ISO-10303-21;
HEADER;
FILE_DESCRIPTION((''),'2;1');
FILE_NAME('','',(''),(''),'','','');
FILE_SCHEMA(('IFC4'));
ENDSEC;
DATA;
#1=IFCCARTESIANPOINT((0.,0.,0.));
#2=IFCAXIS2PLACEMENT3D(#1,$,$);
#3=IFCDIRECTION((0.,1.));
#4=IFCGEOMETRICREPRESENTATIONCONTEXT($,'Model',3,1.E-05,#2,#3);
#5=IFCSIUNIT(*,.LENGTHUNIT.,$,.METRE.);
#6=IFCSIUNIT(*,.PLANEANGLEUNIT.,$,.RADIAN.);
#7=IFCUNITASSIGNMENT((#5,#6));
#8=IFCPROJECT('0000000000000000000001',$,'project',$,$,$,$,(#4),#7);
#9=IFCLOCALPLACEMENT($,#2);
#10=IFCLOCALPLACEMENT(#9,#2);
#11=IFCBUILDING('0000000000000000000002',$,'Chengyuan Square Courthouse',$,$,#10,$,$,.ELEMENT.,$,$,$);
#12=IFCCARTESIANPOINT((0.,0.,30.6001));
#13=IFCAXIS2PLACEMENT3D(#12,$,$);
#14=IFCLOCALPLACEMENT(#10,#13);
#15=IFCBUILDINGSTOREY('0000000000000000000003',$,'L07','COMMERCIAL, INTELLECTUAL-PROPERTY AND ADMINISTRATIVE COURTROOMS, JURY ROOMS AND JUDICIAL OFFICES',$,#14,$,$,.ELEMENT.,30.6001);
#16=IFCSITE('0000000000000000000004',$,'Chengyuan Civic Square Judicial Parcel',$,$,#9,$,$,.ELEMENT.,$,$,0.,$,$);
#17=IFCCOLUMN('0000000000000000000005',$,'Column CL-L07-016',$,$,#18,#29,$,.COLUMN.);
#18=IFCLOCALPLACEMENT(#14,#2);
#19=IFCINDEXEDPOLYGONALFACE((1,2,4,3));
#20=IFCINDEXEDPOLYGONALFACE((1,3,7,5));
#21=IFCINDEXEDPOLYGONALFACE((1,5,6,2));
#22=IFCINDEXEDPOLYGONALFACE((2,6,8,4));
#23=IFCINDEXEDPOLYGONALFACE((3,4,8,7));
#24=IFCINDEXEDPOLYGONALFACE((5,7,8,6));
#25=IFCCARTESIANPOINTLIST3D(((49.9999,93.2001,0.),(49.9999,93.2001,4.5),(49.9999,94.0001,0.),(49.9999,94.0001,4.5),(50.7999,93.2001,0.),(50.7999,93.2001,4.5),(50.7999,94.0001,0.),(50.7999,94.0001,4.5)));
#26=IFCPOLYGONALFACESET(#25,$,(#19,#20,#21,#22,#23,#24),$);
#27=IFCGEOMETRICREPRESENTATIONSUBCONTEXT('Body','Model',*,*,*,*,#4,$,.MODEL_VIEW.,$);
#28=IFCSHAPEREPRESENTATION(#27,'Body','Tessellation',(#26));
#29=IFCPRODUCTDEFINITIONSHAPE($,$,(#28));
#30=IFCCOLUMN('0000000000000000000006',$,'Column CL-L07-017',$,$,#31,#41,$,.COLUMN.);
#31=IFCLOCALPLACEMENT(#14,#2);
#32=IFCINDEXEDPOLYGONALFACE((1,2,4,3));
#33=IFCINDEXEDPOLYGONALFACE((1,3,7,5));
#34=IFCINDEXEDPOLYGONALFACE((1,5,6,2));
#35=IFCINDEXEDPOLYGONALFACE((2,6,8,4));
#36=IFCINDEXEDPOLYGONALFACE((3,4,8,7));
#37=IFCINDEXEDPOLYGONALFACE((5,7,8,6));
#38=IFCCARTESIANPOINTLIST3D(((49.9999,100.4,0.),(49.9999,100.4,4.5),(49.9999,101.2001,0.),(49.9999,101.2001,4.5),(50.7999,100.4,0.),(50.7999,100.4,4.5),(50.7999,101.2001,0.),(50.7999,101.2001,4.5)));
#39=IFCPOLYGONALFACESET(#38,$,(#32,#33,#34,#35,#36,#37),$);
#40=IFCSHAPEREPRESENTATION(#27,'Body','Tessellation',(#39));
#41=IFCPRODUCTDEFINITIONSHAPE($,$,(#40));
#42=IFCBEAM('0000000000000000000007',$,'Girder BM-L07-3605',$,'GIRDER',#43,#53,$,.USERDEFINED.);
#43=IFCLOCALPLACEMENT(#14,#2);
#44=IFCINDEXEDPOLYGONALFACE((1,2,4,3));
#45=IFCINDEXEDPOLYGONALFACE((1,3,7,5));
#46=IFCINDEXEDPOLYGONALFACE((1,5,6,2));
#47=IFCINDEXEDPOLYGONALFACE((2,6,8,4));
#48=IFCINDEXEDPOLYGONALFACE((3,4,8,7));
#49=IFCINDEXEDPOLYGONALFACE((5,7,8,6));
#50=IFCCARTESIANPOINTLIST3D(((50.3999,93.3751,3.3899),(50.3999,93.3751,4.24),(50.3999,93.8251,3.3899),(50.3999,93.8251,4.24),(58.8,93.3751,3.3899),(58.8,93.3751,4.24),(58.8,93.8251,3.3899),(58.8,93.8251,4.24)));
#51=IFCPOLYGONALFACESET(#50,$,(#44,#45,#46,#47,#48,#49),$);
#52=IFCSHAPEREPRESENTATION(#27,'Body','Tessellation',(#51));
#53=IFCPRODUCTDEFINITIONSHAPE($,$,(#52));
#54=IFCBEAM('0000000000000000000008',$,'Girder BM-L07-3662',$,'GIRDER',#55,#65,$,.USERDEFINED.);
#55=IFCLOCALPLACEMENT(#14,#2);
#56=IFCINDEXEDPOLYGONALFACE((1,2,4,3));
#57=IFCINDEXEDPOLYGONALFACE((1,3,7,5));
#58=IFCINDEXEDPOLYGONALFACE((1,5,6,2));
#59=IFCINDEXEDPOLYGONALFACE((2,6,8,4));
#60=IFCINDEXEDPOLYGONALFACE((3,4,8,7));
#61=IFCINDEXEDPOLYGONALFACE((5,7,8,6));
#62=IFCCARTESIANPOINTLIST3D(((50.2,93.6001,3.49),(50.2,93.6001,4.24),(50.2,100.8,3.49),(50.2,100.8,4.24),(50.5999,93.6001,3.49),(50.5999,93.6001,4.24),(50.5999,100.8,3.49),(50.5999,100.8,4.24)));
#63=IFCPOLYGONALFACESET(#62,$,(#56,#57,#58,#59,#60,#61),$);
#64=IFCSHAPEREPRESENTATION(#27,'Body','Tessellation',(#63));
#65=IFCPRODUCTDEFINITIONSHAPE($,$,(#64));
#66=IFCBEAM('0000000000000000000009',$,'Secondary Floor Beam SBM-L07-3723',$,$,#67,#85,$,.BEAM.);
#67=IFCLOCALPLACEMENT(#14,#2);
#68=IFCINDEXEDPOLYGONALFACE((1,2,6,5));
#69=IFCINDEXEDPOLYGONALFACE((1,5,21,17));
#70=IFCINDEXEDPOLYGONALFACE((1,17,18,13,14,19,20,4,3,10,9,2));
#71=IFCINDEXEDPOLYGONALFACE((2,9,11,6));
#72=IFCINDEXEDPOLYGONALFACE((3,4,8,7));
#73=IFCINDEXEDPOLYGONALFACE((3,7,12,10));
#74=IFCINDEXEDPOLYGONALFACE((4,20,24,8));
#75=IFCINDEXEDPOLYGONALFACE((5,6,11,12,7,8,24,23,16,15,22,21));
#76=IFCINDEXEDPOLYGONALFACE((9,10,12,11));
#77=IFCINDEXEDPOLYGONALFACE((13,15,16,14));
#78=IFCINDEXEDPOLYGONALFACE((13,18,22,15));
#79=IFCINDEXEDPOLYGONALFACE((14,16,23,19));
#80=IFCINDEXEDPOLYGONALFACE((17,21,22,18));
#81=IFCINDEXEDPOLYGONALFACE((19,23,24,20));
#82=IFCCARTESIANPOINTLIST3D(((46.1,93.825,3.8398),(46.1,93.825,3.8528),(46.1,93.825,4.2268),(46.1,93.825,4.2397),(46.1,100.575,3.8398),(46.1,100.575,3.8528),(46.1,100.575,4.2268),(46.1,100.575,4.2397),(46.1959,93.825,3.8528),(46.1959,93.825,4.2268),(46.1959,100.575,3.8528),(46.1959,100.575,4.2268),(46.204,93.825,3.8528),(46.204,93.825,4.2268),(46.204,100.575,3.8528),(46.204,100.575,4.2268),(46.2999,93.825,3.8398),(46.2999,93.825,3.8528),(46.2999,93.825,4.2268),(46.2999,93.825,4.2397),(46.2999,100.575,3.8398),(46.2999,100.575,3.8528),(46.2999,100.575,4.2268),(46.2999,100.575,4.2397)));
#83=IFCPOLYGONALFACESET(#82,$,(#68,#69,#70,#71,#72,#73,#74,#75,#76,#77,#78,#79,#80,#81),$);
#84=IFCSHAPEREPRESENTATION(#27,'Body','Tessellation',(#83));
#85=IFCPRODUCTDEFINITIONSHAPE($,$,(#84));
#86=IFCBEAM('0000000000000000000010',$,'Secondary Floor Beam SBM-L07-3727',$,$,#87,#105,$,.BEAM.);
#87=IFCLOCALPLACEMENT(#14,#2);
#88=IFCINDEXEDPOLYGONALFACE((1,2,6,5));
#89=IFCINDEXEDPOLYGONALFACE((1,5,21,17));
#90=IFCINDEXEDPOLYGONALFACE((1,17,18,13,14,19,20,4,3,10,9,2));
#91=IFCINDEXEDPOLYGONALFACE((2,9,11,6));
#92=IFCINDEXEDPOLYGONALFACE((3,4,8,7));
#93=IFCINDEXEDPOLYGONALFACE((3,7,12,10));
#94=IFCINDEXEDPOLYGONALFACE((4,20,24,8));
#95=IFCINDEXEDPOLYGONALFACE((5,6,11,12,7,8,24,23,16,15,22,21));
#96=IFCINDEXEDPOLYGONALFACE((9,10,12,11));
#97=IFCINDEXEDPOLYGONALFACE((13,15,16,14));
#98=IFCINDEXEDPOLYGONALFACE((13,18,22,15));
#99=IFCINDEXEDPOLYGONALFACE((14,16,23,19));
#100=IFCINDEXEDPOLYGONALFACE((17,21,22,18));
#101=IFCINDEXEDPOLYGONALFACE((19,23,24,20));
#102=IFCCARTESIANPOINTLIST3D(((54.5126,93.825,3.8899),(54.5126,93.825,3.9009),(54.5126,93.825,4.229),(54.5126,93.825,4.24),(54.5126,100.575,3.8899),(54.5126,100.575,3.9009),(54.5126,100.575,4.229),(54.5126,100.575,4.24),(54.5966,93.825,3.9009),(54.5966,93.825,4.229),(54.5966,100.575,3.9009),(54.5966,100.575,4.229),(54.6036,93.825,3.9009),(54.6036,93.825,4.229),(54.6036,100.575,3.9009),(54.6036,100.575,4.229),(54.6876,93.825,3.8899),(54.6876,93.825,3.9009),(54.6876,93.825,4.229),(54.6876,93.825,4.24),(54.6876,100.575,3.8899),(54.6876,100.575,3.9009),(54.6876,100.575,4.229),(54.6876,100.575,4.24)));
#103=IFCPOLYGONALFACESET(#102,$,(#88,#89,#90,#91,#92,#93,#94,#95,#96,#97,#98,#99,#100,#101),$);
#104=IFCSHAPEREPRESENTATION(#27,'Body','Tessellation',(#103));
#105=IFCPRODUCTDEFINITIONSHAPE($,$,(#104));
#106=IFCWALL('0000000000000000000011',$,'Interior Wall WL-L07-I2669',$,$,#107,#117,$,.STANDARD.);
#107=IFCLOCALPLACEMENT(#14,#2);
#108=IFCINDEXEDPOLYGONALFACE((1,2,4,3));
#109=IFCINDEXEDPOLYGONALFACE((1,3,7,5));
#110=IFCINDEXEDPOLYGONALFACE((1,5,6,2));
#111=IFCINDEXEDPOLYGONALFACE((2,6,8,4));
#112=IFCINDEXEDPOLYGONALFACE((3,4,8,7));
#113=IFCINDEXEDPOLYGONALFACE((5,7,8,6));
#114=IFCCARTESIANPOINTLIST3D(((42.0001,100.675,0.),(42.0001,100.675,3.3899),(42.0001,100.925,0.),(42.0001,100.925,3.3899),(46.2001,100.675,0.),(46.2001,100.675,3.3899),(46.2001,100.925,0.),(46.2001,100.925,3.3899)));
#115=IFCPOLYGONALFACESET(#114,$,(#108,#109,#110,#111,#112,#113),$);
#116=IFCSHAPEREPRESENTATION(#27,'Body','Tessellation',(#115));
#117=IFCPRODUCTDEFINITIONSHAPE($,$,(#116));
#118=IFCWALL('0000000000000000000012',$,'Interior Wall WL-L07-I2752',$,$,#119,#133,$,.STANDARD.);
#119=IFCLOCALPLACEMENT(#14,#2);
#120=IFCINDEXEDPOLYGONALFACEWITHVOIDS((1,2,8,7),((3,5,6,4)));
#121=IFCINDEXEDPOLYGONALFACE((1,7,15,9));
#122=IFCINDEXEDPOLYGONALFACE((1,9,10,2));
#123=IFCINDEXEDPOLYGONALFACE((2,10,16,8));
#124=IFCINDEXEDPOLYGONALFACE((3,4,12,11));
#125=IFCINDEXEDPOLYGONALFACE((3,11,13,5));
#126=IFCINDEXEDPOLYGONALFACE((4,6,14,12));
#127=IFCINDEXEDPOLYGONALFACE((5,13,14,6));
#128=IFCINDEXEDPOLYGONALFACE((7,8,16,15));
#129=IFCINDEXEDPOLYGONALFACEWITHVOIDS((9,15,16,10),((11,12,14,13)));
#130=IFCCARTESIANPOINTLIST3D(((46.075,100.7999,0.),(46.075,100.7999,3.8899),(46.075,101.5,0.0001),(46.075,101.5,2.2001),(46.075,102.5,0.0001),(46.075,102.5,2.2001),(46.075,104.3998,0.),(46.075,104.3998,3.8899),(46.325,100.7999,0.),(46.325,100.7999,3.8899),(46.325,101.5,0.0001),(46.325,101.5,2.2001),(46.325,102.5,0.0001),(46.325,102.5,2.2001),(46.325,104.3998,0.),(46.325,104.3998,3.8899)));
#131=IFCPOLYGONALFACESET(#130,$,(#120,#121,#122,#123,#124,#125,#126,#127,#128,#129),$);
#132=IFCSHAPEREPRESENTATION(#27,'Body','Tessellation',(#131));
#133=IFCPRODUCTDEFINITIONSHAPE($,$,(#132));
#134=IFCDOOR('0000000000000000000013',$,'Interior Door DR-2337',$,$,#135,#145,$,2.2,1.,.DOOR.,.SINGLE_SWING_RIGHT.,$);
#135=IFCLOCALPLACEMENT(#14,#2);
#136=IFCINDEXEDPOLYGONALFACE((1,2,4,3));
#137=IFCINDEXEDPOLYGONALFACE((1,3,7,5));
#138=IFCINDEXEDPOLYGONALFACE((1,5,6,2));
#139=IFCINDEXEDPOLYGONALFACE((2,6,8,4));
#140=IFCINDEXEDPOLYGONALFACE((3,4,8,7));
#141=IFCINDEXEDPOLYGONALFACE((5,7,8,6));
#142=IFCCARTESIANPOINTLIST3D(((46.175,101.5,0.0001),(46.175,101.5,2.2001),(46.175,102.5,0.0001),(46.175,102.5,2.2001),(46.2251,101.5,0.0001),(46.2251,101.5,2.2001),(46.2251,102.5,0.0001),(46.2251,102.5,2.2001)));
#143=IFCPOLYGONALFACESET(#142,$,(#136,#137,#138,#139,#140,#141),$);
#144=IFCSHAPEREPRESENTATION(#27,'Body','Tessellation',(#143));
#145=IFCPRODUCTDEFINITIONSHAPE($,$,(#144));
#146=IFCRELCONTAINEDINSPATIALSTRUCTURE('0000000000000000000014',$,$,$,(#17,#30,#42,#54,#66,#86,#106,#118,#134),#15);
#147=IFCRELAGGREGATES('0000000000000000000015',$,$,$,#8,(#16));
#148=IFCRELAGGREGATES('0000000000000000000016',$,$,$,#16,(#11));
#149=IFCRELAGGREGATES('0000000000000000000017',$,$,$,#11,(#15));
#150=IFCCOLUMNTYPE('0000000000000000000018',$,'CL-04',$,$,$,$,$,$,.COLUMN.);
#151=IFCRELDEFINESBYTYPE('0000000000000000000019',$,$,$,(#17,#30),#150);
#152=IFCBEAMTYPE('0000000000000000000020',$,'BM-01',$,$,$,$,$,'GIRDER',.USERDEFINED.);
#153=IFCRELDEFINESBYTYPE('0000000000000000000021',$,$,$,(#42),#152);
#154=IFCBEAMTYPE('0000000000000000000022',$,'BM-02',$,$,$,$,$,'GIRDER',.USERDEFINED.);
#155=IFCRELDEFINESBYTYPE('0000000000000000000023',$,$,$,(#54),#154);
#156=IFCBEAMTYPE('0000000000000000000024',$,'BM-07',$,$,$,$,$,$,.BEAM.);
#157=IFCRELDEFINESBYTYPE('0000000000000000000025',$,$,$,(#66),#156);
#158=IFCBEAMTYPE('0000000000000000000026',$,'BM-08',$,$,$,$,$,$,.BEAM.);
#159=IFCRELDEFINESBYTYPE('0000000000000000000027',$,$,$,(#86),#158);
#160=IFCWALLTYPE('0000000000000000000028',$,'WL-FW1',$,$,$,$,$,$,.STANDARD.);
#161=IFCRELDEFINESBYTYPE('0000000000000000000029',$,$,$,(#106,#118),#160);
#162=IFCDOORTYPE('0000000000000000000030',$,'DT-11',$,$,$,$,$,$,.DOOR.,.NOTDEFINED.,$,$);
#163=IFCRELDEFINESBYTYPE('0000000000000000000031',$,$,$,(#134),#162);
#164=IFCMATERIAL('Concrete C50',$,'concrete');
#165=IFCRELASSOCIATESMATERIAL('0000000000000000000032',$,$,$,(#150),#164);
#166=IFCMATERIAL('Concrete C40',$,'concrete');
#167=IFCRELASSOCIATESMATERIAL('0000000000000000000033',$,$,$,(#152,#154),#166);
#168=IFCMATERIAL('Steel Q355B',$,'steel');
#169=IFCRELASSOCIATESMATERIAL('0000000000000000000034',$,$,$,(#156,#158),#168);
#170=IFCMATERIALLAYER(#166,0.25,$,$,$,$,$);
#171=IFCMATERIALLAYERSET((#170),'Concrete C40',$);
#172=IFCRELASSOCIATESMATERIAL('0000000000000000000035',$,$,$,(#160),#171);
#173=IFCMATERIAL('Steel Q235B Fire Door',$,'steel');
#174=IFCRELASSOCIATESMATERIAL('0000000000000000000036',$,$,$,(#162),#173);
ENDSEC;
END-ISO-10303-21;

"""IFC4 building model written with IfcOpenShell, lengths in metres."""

from ifc_helpers import new_model, si_unit, direction, frame, frame_2d, origin, origin_2d, place, context, subcontext, project, spatial, rectangle, i_section, extrude, material, layer, layer_set, material_profile, profile_set, type_object, element, fill, save


model = new_model("IFC4")

# Units and contexts
model_context = context("Model", 3, precision=1e-05, world=origin(), true_north=direction((0.0, 1.0)))
body_context = subcontext(model_context, "Body", "Model", "MODEL_VIEW")
ifc_project = project(units=[si_unit("LENGTHUNIT", "METRE"), si_unit("PLANEANGLEUNIT", "RADIAN")], contexts=[model_context])

# Site, building, storey
site_placement = place(None, origin())
site = spatial("IfcSite", under=ifc_project, at=site_placement, Name="Chengyuan Civic Square Judicial Parcel", CompositionType="ELEMENT", RefElevation=0.0)
building_placement = place(site_placement, origin())
building = spatial("IfcBuilding", under=site, at=building_placement, Name="Chengyuan Square Courthouse", CompositionType="ELEMENT")
storey_placement = place(building_placement, frame((0.0, 0.0, 30.6001)))
storey = spatial("IfcBuildingStorey", under=building, at=storey_placement, Name="L07", Description="COMMERCIAL, INTELLECTUAL-PROPERTY AND ADMINISTRATIVE COURTROOMS, JURY ROOMS AND JUDICIAL OFFICES", CompositionType="ELEMENT", Elevation=30.6001)

# Columns
ifc_material_1 = material(Name="Concrete C50", Category="concrete")
ifc_material_profile_1 = material_profile(ifc_material_1, rectangle(XDim=0.8, YDim=0.8, at=origin_2d()), Name="RC-COL-800x800")
ifc_profile_set_1 = profile_set([ifc_material_profile_1], Name="Concrete C50")
column_type = type_object("IfcColumnType", Name="CL-04", PredefinedType="COLUMN", material=ifc_profile_set_1)
for number, where, z_axis, x_axis, name in (
    (1, (50.3999, 93.6001, 0.0), (0.0, 0.0, 1.0), (1.0, 0.0, 0.0), "Column CL-L07-016"),
    (2, (50.3999, 100.8, 0.0), (0.0, 0.0, 1.0), (1.0, 0.0, 0.0), "Column CL-L07-017"),
):
    element("IfcColumn", number, at=place(storey_placement, frame(where, z_axis=z_axis, x_axis=x_axis)), inside=storey, type_object=column_type, Name=name, PredefinedType="COLUMN", context=body_context, shape_type="SweptSolid", body=[
        extrude(rectangle(XDim=0.8, YDim=0.8, at=origin_2d()), origin(), (0.0, 0.0, 1.0), 4.5),
    ])

# Beams
ifc_material_2 = material(Name="Concrete C40", Category="concrete")
ifc_material_profile_2 = material_profile(ifc_material_2, rectangle(XDim=0.45, YDim=0.8501, at=origin_2d()), Name="RC-BM-450x850")
ifc_profile_set_2 = profile_set([ifc_material_profile_2], Name="Concrete C40")
beam_type_1 = type_object("IfcBeamType", Name="BM-01", ElementType="GIRDER", PredefinedType="USERDEFINED", material=ifc_profile_set_2)
beam_1_placement = place(storey_placement, frame((50.3999, 93.6001, 3.8149), z_axis=(1.0, 0.0, 0.0), x_axis=(0.0, 1.0, 0.0)))
element("IfcBeam", 3, at=beam_1_placement, inside=storey, type_object=beam_type_1, Name="Girder BM-L07-3605", ObjectType="GIRDER", PredefinedType="USERDEFINED", context=body_context, shape_type="SweptSolid", body=[
    extrude(rectangle(XDim=0.45, YDim=0.8501, at=origin_2d()), origin(), (0.0, 0.0, 1.0), 8.4001),
])
ifc_material_profile_3 = material_profile(ifc_material_2, rectangle(XDim=0.3999, YDim=0.75, at=origin_2d()), Name="RC-BM-400x750")
ifc_profile_set_3 = profile_set([ifc_material_profile_3], Name="Concrete C40")
beam_type_2 = type_object("IfcBeamType", Name="BM-02", ElementType="GIRDER", PredefinedType="USERDEFINED", material=ifc_profile_set_3)
beam_2_placement = place(storey_placement, frame((50.3999, 93.6001, 3.865), z_axis=(0.0, 1.0, 0.0), x_axis=(-1.0, 0.0, 0.0)))
element("IfcBeam", 4, at=beam_2_placement, inside=storey, type_object=beam_type_2, Name="Girder BM-L07-3662", ObjectType="GIRDER", PredefinedType="USERDEFINED", context=body_context, shape_type="SweptSolid", body=[
    extrude(rectangle(XDim=0.3999, YDim=0.75, at=origin_2d()), origin(), (0.0, 0.0, 1.0), 7.2),
])
ifc_material_3 = material(Name="Steel Q355B", Category="steel")
ifc_material_profile_4 = material_profile(ifc_material_3, i_section(OverallWidth=0.2, OverallDepth=0.3999, WebThickness=0.0081, FlangeThickness=0.0129, at=origin_2d()), Name="HN 400x200x8x13")
ifc_profile_set_4 = profile_set([ifc_material_profile_4], Name="Steel Q355B")
beam_type_3 = type_object("IfcBeamType", Name="BM-07", PredefinedType="BEAM", material=ifc_profile_set_4)
beam_3_placement = place(storey_placement, frame((46.2, 93.825, 4.0398), z_axis=(0.0, 1.0, 0.0), x_axis=(-1.0, 0.0, 0.0)))
element("IfcBeam", 5, at=beam_3_placement, inside=storey, type_object=beam_type_3, Name="Secondary Floor Beam SBM-L07-3723", PredefinedType="BEAM", context=body_context, shape_type="SweptSolid", body=[
    extrude(i_section(OverallWidth=0.2, OverallDepth=0.3999, WebThickness=0.0081, FlangeThickness=0.0129, at=origin_2d()), origin(), (0.0, 0.0, 1.0), 6.75),
])
ifc_material_profile_5 = material_profile(ifc_material_3, i_section(OverallWidth=0.175, OverallDepth=0.3501, WebThickness=0.0071, FlangeThickness=0.011, at=origin_2d()), Name="HN 350x175x7x11")
ifc_profile_set_5 = profile_set([ifc_material_profile_5], Name="Steel Q355B")
beam_type_4 = type_object("IfcBeamType", Name="BM-08", PredefinedType="BEAM", material=ifc_profile_set_5)
beam_4_placement = place(storey_placement, frame((54.6001, 93.825, 4.0649), z_axis=(0.0, 1.0, 0.0), x_axis=(-1.0, 0.0, 0.0)))
element("IfcBeam", 6, at=beam_4_placement, inside=storey, type_object=beam_type_4, Name="Secondary Floor Beam SBM-L07-3727", PredefinedType="BEAM", context=body_context, shape_type="SweptSolid", body=[
    extrude(i_section(OverallWidth=0.175, OverallDepth=0.3501, WebThickness=0.0071, FlangeThickness=0.011, at=origin_2d()), origin(), (0.0, 0.0, 1.0), 6.75),
])

# Wall
ifc_layer_1 = layer(ifc_material_2, 0.25)
ifc_layer_set_1 = layer_set([ifc_layer_1], Name="Concrete C40")
wall_type_1 = type_object("IfcWallType", Name="WL-FW1", PredefinedType="STANDARD", material=ifc_layer_set_1)
wall_1_placement = place(storey_placement, frame((42.0, 100.8, 0.0), z_axis=(0.0, 0.0, 1.0), x_axis=(1.0, 0.0, 0.0)))
element("IfcWall", 7, at=wall_1_placement, inside=storey, type_object=wall_type_1, Name="Interior Wall WL-L07-I2669", PredefinedType="STANDARD", context=body_context, shape_type="SweptSolid", body=[
    extrude(rectangle(XDim=4.2, YDim=0.25, at=frame_2d((2.1001, 0.0))), origin(), (0.0, 0.0, 1.0), 3.3899),
])

# Wall, opening, door
ifc_material_4 = material(Name="Steel Q235B Fire Door", Category="steel")
wall_2_placement = place(storey_placement, frame((46.2, 100.8, 0.0), z_axis=(0.0, 0.0, 1.0), x_axis=(0.0, 1.0, 0.0)))
wall_2 = element("IfcWall", 8, at=wall_2_placement, inside=storey, type_object=wall_type_1, Name="Interior Wall WL-L07-I2752", PredefinedType="STANDARD", context=body_context, shape_type="SweptSolid", body=[
    extrude(rectangle(XDim=3.5999, YDim=0.25, at=frame_2d((1.7998, 0.0))), origin(), (0.0, 0.0, 1.0), 3.8899),
])
opening_1_placement = place(wall_2_placement, frame((0.7, 0.0, 0.0)))
opening_1 = element("IfcOpeningElement", 9, at=opening_1_placement, cuts=wall_2, PredefinedType="OPENING", context=body_context, shape_type="SweptSolid", body=[
    extrude(rectangle(XDim=1.0, YDim=2.2, at=frame_2d((0.5, 1.1001))), frame((0.0, 0.137, 0.0), z_axis=(0.0, -1.0, 0.0), x_axis=(1.0, 0.0, 0.0)), (0.0, 0.0, 1.0), 0.2739),
])
door_type_1 = type_object("IfcDoorType", Name="DT-11", OperationType="NOTDEFINED", PredefinedType="DOOR", material=ifc_material_4)
door_1_placement = place(opening_1_placement, origin())
door_1 = element("IfcDoor", 10, at=door_1_placement, inside=storey, type_object=door_type_1, Name="Interior Door DR-2337", OperationType="SINGLE_SWING_RIGHT", OverallHeight=2.2, OverallWidth=1.0, PredefinedType="DOOR", context=body_context, shape_type="SweptSolid", body=[
    extrude(rectangle(XDim=1.0, YDim=2.2, at=frame_2d((0.5, 1.1001))), frame((0.0, 0.0249, 0.0), z_axis=(0.0, -1.0, 0.0), x_axis=(1.0, 0.0, 0.0)), (0.0, 0.0, 1.0), 0.05),
])
fill(opening_1, door_1)

save(model, "model.ifc")
